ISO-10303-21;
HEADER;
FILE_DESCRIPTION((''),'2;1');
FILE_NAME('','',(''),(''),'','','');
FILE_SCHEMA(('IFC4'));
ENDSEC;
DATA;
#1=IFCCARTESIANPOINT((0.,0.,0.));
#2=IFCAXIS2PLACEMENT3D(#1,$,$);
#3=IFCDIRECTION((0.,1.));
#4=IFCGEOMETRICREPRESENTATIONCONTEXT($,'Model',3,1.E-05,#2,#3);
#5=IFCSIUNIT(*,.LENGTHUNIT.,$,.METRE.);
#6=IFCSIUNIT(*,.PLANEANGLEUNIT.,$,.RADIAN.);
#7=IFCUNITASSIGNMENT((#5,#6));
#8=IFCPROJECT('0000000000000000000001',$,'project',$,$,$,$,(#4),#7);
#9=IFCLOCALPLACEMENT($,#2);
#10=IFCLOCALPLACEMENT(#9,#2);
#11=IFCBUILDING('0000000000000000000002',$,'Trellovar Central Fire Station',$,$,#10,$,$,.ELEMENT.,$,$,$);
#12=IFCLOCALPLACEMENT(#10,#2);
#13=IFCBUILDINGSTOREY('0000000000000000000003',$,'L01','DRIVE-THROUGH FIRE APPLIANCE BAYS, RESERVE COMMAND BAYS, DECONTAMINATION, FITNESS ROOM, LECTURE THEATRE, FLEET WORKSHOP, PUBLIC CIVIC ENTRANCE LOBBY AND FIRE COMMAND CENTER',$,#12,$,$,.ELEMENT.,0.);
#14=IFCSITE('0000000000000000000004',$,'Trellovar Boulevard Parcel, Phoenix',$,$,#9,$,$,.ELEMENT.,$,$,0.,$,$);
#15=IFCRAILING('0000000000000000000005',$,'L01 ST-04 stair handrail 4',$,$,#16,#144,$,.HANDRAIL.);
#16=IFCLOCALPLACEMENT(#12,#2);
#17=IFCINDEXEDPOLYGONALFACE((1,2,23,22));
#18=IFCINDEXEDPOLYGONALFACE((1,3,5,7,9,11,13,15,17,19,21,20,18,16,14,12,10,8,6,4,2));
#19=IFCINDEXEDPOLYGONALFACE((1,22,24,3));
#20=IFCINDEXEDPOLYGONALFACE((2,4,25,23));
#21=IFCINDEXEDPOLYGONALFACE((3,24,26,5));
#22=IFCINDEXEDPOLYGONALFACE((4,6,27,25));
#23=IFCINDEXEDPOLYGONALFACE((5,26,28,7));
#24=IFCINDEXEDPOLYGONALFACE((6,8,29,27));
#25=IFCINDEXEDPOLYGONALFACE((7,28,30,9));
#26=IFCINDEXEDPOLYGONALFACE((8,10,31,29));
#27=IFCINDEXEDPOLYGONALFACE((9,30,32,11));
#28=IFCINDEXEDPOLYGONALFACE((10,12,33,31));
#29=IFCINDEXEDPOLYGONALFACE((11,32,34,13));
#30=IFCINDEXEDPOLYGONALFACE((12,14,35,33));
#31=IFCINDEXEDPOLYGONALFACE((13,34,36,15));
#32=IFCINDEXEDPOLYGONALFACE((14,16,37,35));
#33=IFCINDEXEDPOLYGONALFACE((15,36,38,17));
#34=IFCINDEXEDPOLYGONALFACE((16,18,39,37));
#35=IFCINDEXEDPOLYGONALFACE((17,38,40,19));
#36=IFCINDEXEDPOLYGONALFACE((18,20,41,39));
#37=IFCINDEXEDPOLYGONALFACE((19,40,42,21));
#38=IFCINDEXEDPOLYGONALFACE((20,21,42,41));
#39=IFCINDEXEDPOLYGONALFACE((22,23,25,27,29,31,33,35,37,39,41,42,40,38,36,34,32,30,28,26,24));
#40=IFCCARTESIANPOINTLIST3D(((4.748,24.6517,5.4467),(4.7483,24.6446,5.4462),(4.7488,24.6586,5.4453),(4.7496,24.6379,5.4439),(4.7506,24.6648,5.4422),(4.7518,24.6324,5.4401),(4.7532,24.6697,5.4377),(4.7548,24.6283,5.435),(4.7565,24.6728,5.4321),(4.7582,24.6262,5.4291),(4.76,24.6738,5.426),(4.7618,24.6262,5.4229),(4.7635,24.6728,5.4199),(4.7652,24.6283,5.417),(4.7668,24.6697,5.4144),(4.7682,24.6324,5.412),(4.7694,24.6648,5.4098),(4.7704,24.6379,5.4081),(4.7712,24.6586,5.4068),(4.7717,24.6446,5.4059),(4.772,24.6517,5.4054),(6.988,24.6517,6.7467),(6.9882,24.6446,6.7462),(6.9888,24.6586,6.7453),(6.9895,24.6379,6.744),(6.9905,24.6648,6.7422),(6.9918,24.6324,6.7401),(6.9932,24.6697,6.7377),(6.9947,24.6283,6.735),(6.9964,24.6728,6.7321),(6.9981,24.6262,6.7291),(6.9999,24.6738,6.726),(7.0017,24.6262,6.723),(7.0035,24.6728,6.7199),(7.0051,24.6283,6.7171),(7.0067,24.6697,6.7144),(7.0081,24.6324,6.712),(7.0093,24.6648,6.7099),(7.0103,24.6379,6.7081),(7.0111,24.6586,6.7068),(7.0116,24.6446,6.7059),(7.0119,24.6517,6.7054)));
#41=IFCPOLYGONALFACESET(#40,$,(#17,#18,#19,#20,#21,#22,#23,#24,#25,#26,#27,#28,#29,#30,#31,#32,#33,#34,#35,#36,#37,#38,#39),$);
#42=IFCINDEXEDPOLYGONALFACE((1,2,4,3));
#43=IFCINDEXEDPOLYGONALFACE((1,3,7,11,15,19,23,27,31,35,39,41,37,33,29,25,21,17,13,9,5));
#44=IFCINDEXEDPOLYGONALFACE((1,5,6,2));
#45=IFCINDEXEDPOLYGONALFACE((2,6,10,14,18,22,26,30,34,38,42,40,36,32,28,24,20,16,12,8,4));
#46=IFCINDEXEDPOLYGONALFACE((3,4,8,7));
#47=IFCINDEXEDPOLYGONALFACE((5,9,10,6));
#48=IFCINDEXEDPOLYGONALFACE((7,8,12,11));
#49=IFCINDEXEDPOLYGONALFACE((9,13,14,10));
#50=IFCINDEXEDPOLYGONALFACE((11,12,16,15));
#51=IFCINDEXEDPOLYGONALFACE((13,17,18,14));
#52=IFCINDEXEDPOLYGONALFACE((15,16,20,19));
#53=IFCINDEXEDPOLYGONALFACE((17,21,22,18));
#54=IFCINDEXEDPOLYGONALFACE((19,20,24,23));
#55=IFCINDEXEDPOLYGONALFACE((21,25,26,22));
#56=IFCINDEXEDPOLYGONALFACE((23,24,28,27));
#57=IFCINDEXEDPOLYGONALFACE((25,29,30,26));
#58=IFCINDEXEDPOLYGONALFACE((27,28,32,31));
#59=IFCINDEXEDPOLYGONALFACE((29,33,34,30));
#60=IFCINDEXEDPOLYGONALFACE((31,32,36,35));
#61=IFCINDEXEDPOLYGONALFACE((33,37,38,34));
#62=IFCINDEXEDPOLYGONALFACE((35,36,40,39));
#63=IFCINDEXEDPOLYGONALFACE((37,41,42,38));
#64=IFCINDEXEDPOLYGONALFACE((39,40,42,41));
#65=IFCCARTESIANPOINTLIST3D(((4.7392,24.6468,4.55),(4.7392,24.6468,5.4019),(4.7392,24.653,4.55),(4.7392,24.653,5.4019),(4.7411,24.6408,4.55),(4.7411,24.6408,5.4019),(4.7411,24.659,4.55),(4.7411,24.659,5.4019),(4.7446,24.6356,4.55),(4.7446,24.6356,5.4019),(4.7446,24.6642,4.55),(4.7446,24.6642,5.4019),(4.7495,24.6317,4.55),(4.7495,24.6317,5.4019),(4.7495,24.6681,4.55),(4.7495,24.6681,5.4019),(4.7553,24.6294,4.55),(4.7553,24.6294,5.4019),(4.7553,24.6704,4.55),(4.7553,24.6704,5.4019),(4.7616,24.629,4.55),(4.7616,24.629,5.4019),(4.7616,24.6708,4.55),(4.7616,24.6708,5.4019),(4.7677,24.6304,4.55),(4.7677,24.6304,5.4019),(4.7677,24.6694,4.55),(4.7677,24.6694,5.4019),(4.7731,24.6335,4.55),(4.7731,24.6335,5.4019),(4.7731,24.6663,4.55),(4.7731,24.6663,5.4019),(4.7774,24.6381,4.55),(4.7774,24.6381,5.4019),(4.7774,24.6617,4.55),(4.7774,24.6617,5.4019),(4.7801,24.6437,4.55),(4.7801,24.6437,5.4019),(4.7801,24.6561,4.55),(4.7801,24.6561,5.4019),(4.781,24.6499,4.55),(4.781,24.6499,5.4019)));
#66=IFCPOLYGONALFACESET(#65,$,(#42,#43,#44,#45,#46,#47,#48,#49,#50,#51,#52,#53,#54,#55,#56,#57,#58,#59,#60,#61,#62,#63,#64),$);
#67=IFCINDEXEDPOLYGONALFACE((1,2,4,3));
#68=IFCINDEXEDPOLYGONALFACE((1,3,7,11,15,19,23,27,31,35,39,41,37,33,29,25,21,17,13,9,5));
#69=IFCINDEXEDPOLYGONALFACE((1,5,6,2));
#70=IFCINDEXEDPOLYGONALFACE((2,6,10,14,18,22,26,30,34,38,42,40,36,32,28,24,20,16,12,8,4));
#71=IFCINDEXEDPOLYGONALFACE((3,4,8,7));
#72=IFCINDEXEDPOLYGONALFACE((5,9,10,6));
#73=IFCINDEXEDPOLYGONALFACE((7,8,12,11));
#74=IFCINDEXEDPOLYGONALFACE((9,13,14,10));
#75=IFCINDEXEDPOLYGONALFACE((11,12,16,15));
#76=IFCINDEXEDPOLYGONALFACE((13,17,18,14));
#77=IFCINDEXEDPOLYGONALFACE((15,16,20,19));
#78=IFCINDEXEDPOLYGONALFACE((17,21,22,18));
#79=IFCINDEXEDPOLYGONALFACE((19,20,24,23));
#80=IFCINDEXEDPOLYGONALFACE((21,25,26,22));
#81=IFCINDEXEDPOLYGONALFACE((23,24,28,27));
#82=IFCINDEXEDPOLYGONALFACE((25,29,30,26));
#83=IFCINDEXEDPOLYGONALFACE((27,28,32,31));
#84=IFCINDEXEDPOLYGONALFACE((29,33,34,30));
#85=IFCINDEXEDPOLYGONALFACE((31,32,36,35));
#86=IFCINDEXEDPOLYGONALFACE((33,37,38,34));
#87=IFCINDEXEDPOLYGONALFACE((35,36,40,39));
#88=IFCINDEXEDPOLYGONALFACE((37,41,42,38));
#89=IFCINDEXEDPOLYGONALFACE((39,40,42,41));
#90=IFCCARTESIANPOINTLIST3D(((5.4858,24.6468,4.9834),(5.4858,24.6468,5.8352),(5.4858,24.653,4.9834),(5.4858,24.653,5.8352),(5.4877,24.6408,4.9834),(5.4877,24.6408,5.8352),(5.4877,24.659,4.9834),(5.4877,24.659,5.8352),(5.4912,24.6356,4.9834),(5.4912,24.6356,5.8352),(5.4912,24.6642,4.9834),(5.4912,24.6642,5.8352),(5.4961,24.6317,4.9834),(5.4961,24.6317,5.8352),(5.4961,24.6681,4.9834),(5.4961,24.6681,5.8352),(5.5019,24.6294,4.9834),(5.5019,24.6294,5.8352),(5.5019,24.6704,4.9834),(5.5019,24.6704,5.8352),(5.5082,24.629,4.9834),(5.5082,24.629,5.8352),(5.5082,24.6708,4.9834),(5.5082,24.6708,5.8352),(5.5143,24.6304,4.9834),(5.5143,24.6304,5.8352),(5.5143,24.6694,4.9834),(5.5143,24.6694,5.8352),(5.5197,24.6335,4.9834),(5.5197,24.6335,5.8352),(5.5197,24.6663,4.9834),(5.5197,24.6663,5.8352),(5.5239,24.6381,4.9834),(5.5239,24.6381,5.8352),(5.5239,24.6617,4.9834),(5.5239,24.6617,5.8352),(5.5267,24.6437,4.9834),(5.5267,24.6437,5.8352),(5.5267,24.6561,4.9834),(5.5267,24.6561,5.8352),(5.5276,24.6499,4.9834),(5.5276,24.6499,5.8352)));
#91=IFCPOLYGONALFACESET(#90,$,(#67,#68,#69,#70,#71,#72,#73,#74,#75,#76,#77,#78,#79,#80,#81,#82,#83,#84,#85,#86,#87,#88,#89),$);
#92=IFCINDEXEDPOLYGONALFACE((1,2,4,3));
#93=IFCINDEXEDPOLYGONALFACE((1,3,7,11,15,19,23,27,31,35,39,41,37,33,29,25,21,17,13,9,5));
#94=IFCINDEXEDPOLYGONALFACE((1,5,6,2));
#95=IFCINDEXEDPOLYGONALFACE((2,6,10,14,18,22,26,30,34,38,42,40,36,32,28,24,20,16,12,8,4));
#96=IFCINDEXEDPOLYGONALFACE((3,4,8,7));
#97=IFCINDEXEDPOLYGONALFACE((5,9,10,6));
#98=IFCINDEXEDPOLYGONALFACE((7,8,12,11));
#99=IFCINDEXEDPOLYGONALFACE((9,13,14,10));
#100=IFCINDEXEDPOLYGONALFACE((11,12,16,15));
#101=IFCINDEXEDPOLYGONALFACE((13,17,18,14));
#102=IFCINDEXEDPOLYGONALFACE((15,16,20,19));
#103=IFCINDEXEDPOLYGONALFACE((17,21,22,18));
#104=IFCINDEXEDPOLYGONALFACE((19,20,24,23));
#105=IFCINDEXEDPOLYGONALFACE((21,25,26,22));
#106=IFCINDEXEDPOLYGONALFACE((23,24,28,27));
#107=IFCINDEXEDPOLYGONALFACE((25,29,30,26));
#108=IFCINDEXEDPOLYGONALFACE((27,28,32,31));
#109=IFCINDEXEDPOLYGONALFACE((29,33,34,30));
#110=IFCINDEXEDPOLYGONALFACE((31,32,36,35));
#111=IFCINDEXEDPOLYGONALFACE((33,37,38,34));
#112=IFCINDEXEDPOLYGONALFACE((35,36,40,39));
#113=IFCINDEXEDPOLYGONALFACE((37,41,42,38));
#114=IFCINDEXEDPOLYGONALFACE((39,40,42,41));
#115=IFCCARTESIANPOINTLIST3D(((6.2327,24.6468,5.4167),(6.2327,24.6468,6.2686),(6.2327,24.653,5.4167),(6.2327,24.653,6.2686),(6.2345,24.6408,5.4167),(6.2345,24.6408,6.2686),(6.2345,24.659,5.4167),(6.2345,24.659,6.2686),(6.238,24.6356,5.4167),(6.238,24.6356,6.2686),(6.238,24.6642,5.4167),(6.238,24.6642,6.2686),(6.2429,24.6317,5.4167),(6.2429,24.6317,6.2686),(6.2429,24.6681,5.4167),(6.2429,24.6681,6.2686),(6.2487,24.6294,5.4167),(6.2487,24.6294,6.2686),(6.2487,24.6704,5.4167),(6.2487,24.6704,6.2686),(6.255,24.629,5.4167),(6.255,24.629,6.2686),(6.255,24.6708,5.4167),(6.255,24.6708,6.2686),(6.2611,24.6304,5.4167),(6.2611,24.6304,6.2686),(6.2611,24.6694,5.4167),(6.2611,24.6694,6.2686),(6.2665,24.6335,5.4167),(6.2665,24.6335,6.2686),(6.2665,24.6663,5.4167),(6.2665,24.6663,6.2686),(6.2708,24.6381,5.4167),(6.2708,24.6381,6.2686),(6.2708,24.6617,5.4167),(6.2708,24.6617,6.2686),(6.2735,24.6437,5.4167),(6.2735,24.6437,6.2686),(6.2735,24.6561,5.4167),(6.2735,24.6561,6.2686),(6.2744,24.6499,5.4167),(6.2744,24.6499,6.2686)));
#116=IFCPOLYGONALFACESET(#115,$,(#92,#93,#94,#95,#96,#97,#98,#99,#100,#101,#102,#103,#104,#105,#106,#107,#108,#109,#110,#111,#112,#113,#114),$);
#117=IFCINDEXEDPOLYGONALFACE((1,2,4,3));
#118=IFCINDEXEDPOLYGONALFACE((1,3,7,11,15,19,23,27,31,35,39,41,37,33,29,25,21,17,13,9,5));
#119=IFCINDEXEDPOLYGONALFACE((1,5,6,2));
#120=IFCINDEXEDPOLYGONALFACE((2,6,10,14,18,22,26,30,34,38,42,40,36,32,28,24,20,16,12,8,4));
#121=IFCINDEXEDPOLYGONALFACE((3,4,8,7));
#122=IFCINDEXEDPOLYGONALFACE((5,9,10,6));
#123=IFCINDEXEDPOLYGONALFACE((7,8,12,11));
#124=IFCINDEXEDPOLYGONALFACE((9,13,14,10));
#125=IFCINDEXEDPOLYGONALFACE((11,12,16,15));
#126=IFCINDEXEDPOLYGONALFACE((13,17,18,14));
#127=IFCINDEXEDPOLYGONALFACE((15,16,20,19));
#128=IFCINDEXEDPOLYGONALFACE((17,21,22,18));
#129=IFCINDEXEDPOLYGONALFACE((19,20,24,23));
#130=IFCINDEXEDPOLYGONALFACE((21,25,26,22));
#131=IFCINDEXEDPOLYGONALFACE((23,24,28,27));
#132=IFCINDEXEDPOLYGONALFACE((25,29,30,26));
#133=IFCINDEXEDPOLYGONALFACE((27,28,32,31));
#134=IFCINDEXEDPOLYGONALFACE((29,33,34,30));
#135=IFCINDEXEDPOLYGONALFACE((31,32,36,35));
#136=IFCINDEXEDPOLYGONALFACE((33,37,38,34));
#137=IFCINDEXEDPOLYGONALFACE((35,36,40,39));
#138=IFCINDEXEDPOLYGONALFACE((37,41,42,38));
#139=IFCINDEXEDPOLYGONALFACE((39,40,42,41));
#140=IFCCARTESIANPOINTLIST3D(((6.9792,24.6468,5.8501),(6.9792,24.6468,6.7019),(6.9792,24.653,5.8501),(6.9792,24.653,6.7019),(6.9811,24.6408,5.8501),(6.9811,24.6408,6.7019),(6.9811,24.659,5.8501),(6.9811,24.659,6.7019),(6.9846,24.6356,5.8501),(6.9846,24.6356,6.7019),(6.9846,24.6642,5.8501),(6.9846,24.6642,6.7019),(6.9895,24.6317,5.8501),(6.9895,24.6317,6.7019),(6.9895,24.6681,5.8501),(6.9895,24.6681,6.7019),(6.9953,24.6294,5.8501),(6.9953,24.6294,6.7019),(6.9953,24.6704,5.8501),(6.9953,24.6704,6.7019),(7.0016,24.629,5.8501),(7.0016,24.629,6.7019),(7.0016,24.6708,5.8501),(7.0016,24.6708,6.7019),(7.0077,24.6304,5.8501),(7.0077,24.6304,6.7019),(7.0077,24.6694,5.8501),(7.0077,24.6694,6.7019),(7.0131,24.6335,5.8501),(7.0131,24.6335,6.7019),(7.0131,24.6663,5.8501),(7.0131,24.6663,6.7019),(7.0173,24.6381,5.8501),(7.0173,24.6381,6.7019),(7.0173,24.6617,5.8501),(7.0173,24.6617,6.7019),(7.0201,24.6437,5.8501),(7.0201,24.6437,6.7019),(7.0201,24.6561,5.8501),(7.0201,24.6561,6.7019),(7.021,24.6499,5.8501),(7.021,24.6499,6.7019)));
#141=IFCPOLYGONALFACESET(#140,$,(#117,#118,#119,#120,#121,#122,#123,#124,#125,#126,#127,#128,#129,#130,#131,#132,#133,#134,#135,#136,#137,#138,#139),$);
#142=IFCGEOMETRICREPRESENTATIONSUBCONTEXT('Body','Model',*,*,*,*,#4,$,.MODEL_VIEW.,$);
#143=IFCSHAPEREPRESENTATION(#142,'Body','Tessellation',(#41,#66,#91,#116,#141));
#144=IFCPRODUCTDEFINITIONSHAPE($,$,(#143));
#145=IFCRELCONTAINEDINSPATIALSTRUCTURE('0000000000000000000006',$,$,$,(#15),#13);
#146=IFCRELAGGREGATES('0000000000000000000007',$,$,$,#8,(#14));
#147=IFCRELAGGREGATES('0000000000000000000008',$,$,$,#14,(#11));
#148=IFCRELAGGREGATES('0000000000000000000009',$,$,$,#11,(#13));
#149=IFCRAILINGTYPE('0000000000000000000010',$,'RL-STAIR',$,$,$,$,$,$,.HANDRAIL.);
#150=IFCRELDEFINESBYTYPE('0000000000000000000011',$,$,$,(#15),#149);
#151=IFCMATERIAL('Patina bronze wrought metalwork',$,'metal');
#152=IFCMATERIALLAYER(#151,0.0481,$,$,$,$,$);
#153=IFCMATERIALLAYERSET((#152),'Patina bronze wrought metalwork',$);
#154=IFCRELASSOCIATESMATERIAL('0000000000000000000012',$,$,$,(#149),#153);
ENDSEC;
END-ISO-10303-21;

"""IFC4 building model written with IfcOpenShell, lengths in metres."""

from ifc_helpers import new_model, si_unit, direction, frame, origin, origin_2d, place, context, subcontext, project, spatial, circle, extrude, material, layer, layer_set, type_object, element, save


model = new_model("IFC4")

# Units and contexts
model_context = context("Model", 3, precision=1e-05, world=origin(), true_north=direction((0.0, 1.0)))
body_context = subcontext(model_context, "Body", "Model", "MODEL_VIEW")
ifc_project = project(units=[si_unit("LENGTHUNIT", "METRE"), si_unit("PLANEANGLEUNIT", "RADIAN")], contexts=[model_context])

# Site, building, storey
site_placement = place(None, origin())
site = spatial("IfcSite", under=ifc_project, at=site_placement, Name="Trellovar Boulevard Parcel, Phoenix", CompositionType="ELEMENT", RefElevation=0.0)
building_placement = place(site_placement, origin())
building = spatial("IfcBuilding", under=site, at=building_placement, Name="Trellovar Central Fire Station", CompositionType="ELEMENT")
storey_placement = place(building_placement, origin())
storey = spatial("IfcBuildingStorey", under=building, at=storey_placement, Name="L01", Description="DRIVE-THROUGH FIRE APPLIANCE BAYS, RESERVE COMMAND BAYS, DECONTAMINATION, FITNESS ROOM, LECTURE THEATRE, FLEET WORKSHOP, PUBLIC CIVIC ENTRANCE LOBBY AND FIRE COMMAND CENTER", CompositionType="ELEMENT", Elevation=0.0)

# Railing
ifc_material_1 = material(Name="Patina bronze wrought metalwork", Category="metal")
ifc_layer_1 = layer(ifc_material_1, 0.0481)
ifc_layer_set_1 = layer_set([ifc_layer_1], Name="Patina bronze wrought metalwork")
railing_type_1 = type_object("IfcRailingType", Name="RL-STAIR", PredefinedType="HANDRAIL", material=ifc_layer_set_1)
for number, where, name in (
    (1, (4.76, 24.6499, 4.55), "L01 ST-04 stair handrail 4"),
):
    element("IfcRailing", number, at=place(storey_placement, frame(where)), inside=storey, type_object=railing_type_1, Name=name, PredefinedType="HANDRAIL", context=body_context, shape_type="SweptSolid", body=[
        extrude(circle(Radius=0.0239, at=origin_2d()), frame((0.0, 0.0, 0.876), z_axis=(0.864888, 0.0, 0.501965), x_axis=(0.0, 1.0, 0.0)), (0.0, 0.0, 1.0), 2.5898),
        extrude(circle(Radius=0.021, at=origin_2d()), origin(), (0.0, 0.0, 1.0), 0.8518),
        extrude(circle(Radius=0.021, at=origin_2d()), frame((0.7466, 0.0, 0.4333)), (0.0, 0.0, 1.0), 0.8518),
        extrude(circle(Radius=0.021, at=origin_2d()), frame((1.4934, 0.0, 0.8667)), (0.0, 0.0, 1.0), 0.8518),
        extrude(circle(Radius=0.021, at=origin_2d()), frame((2.24, 0.0, 1.3)), (0.0, 0.0, 1.0), 0.8518),
    ])

save(model, "model.ifc")
